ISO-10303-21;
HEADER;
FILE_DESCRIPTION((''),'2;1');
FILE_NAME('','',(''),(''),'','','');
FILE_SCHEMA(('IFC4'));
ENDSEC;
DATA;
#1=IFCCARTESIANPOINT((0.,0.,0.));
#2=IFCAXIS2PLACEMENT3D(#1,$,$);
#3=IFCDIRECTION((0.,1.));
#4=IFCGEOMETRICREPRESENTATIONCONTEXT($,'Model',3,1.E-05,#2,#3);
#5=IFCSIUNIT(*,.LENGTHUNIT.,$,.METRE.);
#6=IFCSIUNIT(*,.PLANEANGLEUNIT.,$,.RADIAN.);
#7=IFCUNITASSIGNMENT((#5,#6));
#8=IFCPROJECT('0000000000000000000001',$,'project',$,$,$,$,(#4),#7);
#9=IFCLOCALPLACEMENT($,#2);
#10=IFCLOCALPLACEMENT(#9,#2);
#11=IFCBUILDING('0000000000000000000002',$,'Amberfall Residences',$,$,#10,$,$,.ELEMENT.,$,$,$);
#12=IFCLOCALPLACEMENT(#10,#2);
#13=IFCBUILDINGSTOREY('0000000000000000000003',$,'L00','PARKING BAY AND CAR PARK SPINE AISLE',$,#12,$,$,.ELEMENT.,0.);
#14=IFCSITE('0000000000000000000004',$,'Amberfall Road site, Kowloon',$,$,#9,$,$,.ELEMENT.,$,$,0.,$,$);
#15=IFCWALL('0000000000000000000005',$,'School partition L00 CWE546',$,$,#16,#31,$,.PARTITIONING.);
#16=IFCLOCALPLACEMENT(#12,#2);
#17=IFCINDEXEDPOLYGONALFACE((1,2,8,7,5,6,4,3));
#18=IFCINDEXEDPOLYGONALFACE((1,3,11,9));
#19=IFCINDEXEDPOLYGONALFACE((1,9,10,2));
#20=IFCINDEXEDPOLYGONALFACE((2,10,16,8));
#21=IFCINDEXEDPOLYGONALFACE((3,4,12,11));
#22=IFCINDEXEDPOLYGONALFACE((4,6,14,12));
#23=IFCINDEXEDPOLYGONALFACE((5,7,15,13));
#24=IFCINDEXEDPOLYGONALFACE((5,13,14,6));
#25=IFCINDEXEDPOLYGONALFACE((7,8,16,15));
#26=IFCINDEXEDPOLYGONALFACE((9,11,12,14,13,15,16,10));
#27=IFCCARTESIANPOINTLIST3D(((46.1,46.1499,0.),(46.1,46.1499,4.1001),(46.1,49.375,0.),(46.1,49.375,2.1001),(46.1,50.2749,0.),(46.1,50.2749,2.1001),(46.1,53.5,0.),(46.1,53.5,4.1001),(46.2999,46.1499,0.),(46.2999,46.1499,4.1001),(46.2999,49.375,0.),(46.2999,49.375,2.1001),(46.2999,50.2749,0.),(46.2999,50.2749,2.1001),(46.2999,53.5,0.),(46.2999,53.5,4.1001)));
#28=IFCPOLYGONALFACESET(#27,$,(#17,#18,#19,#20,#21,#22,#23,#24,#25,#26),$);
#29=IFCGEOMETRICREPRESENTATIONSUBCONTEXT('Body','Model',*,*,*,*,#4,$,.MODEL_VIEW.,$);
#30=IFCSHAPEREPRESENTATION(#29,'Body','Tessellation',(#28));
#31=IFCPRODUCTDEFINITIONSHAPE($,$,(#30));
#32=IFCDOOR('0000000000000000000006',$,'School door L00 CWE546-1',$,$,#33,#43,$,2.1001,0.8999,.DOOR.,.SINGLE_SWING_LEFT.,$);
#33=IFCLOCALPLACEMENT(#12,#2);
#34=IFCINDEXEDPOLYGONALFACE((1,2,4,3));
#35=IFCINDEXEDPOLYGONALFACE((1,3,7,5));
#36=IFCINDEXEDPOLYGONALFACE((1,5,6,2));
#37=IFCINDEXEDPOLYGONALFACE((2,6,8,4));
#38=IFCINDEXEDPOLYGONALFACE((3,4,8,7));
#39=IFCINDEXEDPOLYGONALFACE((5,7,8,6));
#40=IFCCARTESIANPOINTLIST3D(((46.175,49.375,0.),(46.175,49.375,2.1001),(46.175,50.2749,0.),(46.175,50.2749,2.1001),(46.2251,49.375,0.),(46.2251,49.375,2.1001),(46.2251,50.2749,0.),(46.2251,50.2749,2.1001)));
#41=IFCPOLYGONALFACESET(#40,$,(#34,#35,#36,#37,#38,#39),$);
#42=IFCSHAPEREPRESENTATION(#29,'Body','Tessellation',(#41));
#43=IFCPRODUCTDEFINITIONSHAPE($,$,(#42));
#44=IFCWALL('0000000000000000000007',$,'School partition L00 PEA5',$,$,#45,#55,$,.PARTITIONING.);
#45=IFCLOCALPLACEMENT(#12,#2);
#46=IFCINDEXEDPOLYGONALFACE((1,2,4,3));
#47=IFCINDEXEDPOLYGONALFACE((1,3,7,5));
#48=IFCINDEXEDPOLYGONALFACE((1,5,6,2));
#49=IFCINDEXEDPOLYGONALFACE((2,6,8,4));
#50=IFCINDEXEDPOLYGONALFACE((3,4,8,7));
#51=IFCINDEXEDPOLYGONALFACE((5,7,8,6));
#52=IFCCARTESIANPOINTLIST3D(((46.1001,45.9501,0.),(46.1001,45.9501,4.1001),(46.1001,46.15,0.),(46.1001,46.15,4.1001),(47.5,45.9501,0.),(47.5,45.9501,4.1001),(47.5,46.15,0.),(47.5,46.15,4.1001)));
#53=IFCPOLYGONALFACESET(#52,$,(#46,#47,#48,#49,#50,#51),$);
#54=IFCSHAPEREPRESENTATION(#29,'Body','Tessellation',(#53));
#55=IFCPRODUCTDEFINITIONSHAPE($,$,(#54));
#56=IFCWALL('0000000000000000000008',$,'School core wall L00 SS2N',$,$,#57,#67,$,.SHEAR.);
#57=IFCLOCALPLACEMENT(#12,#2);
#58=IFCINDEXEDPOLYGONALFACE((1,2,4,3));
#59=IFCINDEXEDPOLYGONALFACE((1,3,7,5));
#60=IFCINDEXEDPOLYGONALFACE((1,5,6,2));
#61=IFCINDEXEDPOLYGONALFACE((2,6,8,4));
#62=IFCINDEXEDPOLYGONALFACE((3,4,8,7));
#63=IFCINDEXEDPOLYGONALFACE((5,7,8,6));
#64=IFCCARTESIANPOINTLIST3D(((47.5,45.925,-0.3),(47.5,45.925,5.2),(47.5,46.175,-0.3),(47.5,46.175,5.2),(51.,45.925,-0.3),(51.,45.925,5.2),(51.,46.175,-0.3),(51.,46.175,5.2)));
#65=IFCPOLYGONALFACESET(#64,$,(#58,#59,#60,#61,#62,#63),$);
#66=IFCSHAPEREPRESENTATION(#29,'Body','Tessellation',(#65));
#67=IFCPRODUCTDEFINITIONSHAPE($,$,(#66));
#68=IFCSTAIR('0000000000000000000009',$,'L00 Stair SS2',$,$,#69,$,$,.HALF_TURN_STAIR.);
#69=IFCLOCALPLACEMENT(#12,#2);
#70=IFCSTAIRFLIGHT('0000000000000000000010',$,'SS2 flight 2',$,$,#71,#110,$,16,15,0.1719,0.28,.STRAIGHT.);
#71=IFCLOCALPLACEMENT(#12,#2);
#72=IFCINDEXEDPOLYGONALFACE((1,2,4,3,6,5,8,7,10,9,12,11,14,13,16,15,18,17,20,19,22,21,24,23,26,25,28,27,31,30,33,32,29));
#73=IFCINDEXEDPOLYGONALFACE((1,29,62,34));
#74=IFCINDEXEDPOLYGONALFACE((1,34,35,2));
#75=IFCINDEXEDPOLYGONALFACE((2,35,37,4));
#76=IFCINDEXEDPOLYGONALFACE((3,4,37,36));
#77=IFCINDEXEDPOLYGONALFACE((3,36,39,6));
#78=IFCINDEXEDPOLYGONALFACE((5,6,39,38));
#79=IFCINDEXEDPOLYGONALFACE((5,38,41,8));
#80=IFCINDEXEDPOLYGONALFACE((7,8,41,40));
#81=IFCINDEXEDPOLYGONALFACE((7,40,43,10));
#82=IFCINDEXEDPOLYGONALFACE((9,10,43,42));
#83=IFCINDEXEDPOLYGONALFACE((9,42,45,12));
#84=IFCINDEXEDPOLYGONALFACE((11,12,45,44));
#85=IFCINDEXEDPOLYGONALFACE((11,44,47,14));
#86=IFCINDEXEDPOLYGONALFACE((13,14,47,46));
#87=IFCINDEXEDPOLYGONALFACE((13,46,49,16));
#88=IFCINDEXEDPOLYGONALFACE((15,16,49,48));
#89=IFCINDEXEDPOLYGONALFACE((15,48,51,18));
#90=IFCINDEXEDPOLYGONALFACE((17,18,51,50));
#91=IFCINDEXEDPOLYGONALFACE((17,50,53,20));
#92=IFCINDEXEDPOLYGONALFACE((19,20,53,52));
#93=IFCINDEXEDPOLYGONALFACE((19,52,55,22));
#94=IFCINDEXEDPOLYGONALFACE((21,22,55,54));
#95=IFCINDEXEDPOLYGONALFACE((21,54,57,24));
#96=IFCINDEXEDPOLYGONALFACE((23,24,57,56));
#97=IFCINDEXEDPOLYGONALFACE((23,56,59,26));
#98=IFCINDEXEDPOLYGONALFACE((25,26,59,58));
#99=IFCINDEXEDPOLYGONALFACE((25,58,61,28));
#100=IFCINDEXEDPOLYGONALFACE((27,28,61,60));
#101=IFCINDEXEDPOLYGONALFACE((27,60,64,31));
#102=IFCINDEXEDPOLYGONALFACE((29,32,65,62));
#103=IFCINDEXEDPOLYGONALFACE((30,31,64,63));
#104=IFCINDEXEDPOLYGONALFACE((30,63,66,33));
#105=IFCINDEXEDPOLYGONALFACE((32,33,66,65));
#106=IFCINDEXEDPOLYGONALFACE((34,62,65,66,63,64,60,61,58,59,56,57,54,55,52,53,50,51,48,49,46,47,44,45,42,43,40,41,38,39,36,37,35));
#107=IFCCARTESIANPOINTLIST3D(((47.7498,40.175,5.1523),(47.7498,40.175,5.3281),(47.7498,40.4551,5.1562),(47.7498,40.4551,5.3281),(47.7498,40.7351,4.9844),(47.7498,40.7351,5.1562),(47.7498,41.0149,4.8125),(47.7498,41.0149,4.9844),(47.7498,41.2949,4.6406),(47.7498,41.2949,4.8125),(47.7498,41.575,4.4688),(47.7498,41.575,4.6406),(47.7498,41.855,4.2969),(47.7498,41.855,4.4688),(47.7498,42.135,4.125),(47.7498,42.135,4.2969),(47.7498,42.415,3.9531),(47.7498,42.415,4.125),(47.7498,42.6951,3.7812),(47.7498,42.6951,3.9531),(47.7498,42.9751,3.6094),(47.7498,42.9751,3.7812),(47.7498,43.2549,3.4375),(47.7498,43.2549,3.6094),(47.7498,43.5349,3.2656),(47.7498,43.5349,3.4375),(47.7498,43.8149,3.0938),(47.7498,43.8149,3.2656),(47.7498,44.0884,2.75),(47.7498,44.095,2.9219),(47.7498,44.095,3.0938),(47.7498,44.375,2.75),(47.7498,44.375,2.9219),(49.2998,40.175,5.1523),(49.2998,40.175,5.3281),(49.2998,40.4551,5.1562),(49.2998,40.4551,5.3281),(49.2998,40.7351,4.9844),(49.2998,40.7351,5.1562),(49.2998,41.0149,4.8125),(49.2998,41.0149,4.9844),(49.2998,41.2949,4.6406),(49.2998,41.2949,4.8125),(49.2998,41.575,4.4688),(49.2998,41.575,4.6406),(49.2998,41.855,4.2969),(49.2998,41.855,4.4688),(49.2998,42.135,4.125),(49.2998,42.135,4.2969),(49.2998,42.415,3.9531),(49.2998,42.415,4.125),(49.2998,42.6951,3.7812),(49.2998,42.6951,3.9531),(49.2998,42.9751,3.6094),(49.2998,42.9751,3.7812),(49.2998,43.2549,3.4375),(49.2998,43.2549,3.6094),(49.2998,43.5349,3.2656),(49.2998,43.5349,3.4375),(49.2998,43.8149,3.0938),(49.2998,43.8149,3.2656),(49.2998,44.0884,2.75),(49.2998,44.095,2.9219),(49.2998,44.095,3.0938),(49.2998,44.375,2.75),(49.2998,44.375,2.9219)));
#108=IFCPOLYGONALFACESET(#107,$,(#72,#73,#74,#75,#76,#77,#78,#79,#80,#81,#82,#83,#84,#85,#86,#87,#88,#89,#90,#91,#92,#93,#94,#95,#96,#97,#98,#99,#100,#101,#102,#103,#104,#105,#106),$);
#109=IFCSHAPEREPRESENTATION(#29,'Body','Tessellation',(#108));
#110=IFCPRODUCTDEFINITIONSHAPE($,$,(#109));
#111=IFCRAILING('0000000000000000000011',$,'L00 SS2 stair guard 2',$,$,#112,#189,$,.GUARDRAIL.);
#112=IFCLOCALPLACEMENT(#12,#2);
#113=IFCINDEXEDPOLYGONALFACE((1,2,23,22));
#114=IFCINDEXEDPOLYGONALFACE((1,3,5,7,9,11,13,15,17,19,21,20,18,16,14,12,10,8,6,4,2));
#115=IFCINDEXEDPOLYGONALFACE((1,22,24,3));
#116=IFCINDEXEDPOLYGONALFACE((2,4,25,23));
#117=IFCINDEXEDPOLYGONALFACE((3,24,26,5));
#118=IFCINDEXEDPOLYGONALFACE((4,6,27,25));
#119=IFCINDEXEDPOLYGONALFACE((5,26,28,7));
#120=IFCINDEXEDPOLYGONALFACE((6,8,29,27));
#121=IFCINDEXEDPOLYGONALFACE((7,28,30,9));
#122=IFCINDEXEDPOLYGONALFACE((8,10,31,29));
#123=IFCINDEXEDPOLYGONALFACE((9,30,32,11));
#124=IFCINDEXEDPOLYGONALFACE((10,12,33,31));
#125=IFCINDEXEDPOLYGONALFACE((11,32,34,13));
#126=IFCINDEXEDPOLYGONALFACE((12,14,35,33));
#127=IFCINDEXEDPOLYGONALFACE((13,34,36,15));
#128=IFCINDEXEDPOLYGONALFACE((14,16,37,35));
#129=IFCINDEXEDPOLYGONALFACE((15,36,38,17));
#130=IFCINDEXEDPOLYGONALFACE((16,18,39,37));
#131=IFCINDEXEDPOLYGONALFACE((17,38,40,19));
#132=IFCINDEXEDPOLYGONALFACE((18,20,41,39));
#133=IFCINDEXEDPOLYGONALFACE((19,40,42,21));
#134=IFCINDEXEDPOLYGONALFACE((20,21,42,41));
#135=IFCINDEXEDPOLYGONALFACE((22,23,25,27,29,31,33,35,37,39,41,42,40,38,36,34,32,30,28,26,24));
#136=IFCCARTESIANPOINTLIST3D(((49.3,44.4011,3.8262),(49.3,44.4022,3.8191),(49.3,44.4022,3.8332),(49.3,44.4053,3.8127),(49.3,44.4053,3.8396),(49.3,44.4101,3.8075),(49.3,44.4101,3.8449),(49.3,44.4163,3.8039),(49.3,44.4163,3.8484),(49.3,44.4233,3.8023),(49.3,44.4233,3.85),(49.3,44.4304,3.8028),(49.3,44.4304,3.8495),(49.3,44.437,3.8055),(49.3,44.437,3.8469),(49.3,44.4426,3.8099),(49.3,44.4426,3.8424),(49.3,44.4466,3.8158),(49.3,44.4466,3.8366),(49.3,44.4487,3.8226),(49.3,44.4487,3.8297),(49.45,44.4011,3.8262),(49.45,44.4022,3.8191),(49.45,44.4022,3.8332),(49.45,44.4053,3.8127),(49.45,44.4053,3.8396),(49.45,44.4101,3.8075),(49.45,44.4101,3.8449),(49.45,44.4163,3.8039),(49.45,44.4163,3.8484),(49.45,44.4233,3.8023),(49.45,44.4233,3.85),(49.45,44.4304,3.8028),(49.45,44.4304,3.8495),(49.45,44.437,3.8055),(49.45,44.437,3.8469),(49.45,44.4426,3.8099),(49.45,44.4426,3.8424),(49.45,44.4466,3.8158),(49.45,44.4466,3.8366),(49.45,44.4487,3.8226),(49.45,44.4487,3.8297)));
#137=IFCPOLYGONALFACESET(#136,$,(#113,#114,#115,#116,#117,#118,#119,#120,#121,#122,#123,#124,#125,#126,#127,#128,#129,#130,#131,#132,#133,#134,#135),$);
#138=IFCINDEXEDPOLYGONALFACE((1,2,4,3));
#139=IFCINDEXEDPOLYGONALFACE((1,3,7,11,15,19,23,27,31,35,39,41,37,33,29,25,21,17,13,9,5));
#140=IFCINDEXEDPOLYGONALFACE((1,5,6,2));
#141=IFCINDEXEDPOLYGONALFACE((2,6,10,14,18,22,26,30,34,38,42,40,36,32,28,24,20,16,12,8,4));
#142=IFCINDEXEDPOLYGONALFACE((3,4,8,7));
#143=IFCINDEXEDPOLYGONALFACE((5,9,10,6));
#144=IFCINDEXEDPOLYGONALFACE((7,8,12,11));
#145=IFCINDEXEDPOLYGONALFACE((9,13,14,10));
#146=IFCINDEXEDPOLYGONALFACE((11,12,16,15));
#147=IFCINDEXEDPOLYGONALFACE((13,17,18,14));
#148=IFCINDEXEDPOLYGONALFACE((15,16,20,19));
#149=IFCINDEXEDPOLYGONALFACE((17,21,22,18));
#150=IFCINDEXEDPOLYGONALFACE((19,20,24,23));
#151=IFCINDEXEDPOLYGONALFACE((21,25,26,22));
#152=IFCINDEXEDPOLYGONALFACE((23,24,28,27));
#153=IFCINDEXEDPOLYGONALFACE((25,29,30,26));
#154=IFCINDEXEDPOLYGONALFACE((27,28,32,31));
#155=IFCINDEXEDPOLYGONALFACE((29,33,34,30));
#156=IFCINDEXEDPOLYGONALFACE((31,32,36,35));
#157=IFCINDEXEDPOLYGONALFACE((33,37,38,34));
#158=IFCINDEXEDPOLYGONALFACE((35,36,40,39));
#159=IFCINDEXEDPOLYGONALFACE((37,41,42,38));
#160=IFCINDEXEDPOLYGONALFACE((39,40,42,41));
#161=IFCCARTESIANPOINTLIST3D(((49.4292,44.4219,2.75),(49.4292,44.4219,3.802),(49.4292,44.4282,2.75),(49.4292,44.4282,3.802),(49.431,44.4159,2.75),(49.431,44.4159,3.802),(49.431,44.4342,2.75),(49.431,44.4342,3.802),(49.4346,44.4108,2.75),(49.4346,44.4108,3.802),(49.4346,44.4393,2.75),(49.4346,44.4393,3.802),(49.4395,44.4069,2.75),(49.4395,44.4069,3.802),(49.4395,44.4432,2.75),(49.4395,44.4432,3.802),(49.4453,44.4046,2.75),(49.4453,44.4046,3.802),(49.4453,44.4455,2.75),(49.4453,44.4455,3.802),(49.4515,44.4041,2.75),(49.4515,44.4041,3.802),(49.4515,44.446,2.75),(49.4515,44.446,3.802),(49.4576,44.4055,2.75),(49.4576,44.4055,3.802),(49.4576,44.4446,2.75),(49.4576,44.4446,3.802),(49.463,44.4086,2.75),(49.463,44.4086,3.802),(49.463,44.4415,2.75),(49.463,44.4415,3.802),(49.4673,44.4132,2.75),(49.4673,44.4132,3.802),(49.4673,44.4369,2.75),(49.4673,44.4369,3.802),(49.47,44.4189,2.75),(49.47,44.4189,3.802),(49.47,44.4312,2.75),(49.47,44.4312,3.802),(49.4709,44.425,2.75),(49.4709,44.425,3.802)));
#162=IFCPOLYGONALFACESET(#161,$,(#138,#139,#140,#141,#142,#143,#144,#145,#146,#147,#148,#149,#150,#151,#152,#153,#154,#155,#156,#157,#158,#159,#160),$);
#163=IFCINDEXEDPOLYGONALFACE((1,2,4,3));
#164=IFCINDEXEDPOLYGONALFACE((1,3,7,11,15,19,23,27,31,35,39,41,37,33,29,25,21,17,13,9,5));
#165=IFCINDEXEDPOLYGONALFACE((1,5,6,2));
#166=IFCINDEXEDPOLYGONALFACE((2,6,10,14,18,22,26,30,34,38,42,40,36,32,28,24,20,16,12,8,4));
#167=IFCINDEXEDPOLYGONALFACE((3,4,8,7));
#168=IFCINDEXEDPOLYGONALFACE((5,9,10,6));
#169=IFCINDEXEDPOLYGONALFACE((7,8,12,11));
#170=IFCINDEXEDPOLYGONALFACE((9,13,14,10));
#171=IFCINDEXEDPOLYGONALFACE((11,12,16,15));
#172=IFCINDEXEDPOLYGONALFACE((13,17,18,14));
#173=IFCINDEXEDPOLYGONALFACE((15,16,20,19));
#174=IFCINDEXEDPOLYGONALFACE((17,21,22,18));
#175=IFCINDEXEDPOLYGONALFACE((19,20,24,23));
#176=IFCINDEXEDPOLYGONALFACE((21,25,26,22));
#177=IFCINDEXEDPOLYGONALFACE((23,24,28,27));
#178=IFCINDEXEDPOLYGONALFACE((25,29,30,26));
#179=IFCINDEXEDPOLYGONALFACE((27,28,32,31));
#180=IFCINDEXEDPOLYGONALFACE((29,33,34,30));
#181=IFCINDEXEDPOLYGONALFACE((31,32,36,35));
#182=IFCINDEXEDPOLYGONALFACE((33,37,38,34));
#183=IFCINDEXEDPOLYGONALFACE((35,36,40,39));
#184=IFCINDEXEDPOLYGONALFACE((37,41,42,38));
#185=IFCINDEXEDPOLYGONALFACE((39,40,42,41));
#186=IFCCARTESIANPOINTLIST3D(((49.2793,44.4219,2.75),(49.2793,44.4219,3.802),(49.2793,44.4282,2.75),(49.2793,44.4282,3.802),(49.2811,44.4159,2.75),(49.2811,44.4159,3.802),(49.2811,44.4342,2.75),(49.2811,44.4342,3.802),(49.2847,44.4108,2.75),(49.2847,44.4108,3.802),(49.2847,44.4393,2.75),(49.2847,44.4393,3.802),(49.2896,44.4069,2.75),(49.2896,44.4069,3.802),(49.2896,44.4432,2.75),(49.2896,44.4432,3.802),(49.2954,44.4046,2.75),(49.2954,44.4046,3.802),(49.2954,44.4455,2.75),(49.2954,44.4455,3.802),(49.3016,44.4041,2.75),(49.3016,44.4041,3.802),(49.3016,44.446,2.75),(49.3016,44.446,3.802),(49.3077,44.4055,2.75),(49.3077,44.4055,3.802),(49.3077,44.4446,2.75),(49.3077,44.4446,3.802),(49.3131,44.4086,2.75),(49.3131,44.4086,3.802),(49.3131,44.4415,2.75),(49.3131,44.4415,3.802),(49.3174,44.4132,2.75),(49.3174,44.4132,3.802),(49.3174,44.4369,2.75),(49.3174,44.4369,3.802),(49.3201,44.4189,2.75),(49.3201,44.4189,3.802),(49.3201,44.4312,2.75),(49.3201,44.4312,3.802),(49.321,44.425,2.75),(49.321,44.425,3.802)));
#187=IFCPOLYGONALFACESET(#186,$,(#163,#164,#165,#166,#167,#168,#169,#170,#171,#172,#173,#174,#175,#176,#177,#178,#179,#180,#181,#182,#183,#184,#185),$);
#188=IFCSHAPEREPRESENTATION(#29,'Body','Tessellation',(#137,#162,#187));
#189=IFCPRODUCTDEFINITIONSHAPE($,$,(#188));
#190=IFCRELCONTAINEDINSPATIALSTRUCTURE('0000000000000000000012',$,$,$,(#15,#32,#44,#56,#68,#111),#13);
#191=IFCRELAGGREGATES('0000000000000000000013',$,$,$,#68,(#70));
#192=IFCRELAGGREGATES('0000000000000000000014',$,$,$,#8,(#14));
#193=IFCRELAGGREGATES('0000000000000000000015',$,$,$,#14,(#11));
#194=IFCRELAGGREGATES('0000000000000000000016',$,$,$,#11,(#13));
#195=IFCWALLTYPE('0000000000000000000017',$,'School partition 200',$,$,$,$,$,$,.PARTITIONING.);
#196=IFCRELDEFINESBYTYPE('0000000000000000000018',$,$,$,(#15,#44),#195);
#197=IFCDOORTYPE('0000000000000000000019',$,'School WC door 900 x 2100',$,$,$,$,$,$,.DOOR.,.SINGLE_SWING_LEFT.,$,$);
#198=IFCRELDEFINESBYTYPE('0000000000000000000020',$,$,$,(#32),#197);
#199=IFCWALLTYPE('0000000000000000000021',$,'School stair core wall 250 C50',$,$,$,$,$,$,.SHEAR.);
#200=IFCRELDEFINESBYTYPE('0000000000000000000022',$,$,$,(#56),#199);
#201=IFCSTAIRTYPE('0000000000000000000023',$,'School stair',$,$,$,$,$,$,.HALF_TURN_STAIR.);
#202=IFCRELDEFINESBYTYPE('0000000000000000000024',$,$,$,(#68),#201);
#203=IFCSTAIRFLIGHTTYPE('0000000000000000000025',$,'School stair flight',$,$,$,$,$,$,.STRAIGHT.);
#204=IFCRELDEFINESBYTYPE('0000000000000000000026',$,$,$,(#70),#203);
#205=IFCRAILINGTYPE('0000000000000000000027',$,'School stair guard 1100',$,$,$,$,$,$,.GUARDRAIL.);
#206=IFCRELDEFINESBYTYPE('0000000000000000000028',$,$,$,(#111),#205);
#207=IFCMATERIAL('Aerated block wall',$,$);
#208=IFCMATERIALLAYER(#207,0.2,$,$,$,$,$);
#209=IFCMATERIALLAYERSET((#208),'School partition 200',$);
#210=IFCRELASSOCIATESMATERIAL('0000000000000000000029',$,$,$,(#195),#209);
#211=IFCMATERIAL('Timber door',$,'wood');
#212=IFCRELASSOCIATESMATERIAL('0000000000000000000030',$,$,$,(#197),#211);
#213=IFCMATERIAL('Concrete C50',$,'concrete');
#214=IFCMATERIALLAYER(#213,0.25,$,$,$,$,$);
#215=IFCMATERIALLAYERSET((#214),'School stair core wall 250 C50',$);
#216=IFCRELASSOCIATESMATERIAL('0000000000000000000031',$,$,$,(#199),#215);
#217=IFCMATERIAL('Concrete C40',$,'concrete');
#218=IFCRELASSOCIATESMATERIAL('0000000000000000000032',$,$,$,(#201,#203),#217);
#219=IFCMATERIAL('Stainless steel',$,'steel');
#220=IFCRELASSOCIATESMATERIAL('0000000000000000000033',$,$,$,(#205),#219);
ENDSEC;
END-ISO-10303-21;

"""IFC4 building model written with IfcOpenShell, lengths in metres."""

from ifc_helpers import new_model, si_unit, direction, frame, frame_2d, origin, origin_2d, place, context, subcontext, project, spatial, polyline, rectangle, circle, outline, extrude, material, layer, layer_set, type_object, element, fill, aggregate, save


model = new_model("IFC4")

# Units and contexts
model_context = context("Model", 3, precision=1e-05, world=origin(), true_north=direction((0.0, 1.0)))
body_context = subcontext(model_context, "Body", "Model", "MODEL_VIEW")
ifc_project = project(units=[si_unit("LENGTHUNIT", "METRE"), si_unit("PLANEANGLEUNIT", "RADIAN")], contexts=[model_context])

# Site, building, storey
site_placement = place(None, origin())
site = spatial("IfcSite", under=ifc_project, at=site_placement, Name="Amberfall Road site, Kowloon", CompositionType="ELEMENT", RefElevation=0.0)
building_placement = place(site_placement, origin())
building = spatial("IfcBuilding", under=site, at=building_placement, Name="Amberfall Residences", CompositionType="ELEMENT")
storey_placement = place(building_placement, origin())
storey = spatial("IfcBuildingStorey", under=building, at=storey_placement, Name="L00", Description="PARKING BAY AND CAR PARK SPINE AISLE", CompositionType="ELEMENT", Elevation=0.0)

# Shared definitions
ifc_material_1 = material(Name="Concrete C50", Category="concrete")

# Shared definitions
ifc_material_2 = material(Name="Aerated block wall")

# Shared definitions
ifc_layer_1 = layer(ifc_material_2, 0.2)
ifc_layer_set_1 = layer_set([ifc_layer_1], Name="School partition 200")
wall_type_1 = type_object("IfcWallType", Name="School partition 200", PredefinedType="PARTITIONING", material=ifc_layer_set_1)
ifc_material_3 = material(Name="Timber door", Category="wood")

# Wall, opening, door
wall_1_placement = place(storey_placement, frame((46.2, 46.1499, 0.0), z_axis=(0.0, 0.0, 1.0), x_axis=(0.0, 1.0, 0.0)))
wall_1 = element("IfcWall", 1, at=wall_1_placement, inside=storey, type_object=wall_type_1, Name="School partition L00 CWE546", PredefinedType="PARTITIONING", context=body_context, shape_type="SweptSolid", body=[
    extrude(rectangle(XDim=7.3501, YDim=0.2, at=frame_2d((3.675, 0.0))), origin(), (0.0, 0.0, 1.0), 4.1001),
])
opening_1_placement = place(wall_1_placement, frame((3.2251, 0.0, 0.0)))
opening_1 = element("IfcOpeningElement", 2, at=opening_1_placement, cuts=wall_1, PredefinedType="OPENING", context=body_context, shape_type="SweptSolid", body=[
    extrude(rectangle(XDim=0.8999, YDim=2.1001, at=frame_2d((0.45, 1.05))), frame((0.0, 0.1099, 0.0), z_axis=(0.0, -1.0, 0.0), x_axis=(1.0, 0.0, 0.0)), (0.0, 0.0, 1.0), 0.22),
])
door_type_1 = type_object("IfcDoorType", Name="School WC door 900 x 2100", OperationType="SINGLE_SWING_LEFT", PredefinedType="DOOR", material=ifc_material_3)
door_1_placement = place(opening_1_placement, origin())
door_1 = element("IfcDoor", 3, at=door_1_placement, inside=storey, type_object=door_type_1, Name="School door L00 CWE546-1", OperationType="SINGLE_SWING_LEFT", OverallHeight=2.1001, OverallWidth=0.8999, PredefinedType="DOOR", context=body_context, shape_type="SweptSolid", body=[
    extrude(rectangle(XDim=0.8999, YDim=2.1001, at=frame_2d((0.45, 1.05))), frame((0.0, 0.0249, 0.0), z_axis=(0.0, -1.0, 0.0), x_axis=(1.0, 0.0, 0.0)), (0.0, 0.0, 1.0), 0.05),
])
fill(opening_1, door_1)

# Walls
wall_2_placement = place(storey_placement, frame((46.1001, 46.05, 0.0), z_axis=(0.0, 0.0, 1.0), x_axis=(1.0, 0.0, 0.0)))
element("IfcWall", 4, at=wall_2_placement, inside=storey, type_object=wall_type_1, Name="School partition L00 PEA5", PredefinedType="PARTITIONING", context=body_context, shape_type="SweptSolid", body=[
    extrude(rectangle(XDim=1.3999, YDim=0.2, at=frame_2d((0.7, 0.0))), origin(), (0.0, 0.0, 1.0), 4.1001),
])
ifc_layer_2 = layer(ifc_material_1, 0.25)
ifc_layer_set_2 = layer_set([ifc_layer_2], Name="School stair core wall 250 C50")
wall_type_2 = type_object("IfcWallType", Name="School stair core wall 250 C50", PredefinedType="SHEAR", material=ifc_layer_set_2)
wall_3_placement = place(storey_placement, frame((47.5, 46.05, -0.3), z_axis=(0.0, 0.0, 1.0), x_axis=(1.0, 0.0, 0.0)))
element("IfcWall", 5, at=wall_3_placement, inside=storey, type_object=wall_type_2, Name="School core wall L00 SS2N", PredefinedType="SHEAR", context=body_context, shape_type="SweptSolid", body=[
    extrude(rectangle(XDim=3.5, YDim=0.25, at=frame_2d((1.75, 0.0))), origin(), (0.0, 0.0, 1.0), 5.5),
])

# Stair, stair flight
ifc_material_4 = material(Name="Concrete C40", Category="concrete")
stair_type = type_object("IfcStairType", Name="School stair", PredefinedType="HALF_TURN_STAIR", material=ifc_material_4)
stair_placement = place(storey_placement, origin())
stair = element("IfcStair", 6, at=stair_placement, inside=storey, type_object=stair_type, Name="L00 Stair SS2", PredefinedType="HALF_TURN_STAIR")
stair_flight_type = type_object("IfcStairFlightType", Name="School stair flight", PredefinedType="STRAIGHT", material=ifc_material_4)
stair_flight_placement = place(storey_placement, frame((48.5249, 44.375, 2.75), z_axis=(0.0, 0.0, 1.0), x_axis=(0.0, -1.0, 0.0)))
stair_flight = element("IfcStairFlight", 7, at=stair_flight_placement, type_object=stair_flight_type, Name="SS2 flight 2", NumberOfRisers=16, NumberOfTreads=15, PredefinedType="STRAIGHT", RiserHeight=0.1719, TreadLength=0.28, context=body_context, shape_type="SweptSolid", body=[
    extrude(outline(polyline([(0.0, 0.0), (0.0, 0.1719), (0.28, 0.1719), (0.28, 0.3438), (0.5601, 0.3438), (0.5601, 0.5156), (0.8401, 0.5156), (0.8401, 0.6875), (1.1201, 0.6875), (1.1201, 0.8594), (1.3999, 0.8594), (1.3999, 1.0312), (1.6799, 1.0312), (1.6799, 1.2031), (1.96, 1.2031), (1.96, 1.375), (2.24, 1.375), (2.24, 1.5469), (2.52, 1.5469), (2.52, 1.7188), (2.8, 1.7188), (2.8, 1.8906), (3.0801, 1.8906), (3.0801, 2.0625), (3.3601, 2.0625), (3.3601, 2.2344), (3.6399, 2.2344), (3.6399, 2.4062), (3.9199, 2.4062), (3.9199, 2.5781), (4.2, 2.5781), (4.2, 2.75), (4.2, 2.4023), (0.2866, 0.0), (0.0, 0.0)])), frame((0.0, 0.7749, 0.0), z_axis=(0.0, -1.0, 0.0), x_axis=(1.0, 0.0, 0.0)), (0.0, 0.0, 1.0), 1.55),
])
aggregate(stair, [stair_flight])

# Railing
ifc_material_5 = material(Name="Stainless steel", Category="steel")
railing_type_1 = type_object("IfcRailingType", Name="School stair guard 1100", PredefinedType="GUARDRAIL", material=ifc_material_5)
railing_1_placement = place(storey_placement, frame((49.45, 44.425, 2.75)))
element("IfcRailing", 8, at=railing_1_placement, inside=storey, type_object=railing_type_1, Name="L00 SS2 stair guard 2", PredefinedType="GUARDRAIL", context=body_context, shape_type="SweptSolid", body=[
    extrude(circle(Radius=0.0239, at=origin_2d()), frame((0.0, 0.0, 1.0762), z_axis=(-1.0, 0.0, 0.0), x_axis=(0.0, -1.0, 0.0)), (0.0, 0.0, 1.0), 0.1499),
    extrude(circle(Radius=0.021, at=origin_2d()), origin(), (0.0, 0.0, 1.0), 1.052),
    extrude(circle(Radius=0.021, at=origin_2d()), frame((-0.1499, 0.0, 0.0)), (0.0, 0.0, 1.0), 1.052),
])

save(model, "model.ifc")
